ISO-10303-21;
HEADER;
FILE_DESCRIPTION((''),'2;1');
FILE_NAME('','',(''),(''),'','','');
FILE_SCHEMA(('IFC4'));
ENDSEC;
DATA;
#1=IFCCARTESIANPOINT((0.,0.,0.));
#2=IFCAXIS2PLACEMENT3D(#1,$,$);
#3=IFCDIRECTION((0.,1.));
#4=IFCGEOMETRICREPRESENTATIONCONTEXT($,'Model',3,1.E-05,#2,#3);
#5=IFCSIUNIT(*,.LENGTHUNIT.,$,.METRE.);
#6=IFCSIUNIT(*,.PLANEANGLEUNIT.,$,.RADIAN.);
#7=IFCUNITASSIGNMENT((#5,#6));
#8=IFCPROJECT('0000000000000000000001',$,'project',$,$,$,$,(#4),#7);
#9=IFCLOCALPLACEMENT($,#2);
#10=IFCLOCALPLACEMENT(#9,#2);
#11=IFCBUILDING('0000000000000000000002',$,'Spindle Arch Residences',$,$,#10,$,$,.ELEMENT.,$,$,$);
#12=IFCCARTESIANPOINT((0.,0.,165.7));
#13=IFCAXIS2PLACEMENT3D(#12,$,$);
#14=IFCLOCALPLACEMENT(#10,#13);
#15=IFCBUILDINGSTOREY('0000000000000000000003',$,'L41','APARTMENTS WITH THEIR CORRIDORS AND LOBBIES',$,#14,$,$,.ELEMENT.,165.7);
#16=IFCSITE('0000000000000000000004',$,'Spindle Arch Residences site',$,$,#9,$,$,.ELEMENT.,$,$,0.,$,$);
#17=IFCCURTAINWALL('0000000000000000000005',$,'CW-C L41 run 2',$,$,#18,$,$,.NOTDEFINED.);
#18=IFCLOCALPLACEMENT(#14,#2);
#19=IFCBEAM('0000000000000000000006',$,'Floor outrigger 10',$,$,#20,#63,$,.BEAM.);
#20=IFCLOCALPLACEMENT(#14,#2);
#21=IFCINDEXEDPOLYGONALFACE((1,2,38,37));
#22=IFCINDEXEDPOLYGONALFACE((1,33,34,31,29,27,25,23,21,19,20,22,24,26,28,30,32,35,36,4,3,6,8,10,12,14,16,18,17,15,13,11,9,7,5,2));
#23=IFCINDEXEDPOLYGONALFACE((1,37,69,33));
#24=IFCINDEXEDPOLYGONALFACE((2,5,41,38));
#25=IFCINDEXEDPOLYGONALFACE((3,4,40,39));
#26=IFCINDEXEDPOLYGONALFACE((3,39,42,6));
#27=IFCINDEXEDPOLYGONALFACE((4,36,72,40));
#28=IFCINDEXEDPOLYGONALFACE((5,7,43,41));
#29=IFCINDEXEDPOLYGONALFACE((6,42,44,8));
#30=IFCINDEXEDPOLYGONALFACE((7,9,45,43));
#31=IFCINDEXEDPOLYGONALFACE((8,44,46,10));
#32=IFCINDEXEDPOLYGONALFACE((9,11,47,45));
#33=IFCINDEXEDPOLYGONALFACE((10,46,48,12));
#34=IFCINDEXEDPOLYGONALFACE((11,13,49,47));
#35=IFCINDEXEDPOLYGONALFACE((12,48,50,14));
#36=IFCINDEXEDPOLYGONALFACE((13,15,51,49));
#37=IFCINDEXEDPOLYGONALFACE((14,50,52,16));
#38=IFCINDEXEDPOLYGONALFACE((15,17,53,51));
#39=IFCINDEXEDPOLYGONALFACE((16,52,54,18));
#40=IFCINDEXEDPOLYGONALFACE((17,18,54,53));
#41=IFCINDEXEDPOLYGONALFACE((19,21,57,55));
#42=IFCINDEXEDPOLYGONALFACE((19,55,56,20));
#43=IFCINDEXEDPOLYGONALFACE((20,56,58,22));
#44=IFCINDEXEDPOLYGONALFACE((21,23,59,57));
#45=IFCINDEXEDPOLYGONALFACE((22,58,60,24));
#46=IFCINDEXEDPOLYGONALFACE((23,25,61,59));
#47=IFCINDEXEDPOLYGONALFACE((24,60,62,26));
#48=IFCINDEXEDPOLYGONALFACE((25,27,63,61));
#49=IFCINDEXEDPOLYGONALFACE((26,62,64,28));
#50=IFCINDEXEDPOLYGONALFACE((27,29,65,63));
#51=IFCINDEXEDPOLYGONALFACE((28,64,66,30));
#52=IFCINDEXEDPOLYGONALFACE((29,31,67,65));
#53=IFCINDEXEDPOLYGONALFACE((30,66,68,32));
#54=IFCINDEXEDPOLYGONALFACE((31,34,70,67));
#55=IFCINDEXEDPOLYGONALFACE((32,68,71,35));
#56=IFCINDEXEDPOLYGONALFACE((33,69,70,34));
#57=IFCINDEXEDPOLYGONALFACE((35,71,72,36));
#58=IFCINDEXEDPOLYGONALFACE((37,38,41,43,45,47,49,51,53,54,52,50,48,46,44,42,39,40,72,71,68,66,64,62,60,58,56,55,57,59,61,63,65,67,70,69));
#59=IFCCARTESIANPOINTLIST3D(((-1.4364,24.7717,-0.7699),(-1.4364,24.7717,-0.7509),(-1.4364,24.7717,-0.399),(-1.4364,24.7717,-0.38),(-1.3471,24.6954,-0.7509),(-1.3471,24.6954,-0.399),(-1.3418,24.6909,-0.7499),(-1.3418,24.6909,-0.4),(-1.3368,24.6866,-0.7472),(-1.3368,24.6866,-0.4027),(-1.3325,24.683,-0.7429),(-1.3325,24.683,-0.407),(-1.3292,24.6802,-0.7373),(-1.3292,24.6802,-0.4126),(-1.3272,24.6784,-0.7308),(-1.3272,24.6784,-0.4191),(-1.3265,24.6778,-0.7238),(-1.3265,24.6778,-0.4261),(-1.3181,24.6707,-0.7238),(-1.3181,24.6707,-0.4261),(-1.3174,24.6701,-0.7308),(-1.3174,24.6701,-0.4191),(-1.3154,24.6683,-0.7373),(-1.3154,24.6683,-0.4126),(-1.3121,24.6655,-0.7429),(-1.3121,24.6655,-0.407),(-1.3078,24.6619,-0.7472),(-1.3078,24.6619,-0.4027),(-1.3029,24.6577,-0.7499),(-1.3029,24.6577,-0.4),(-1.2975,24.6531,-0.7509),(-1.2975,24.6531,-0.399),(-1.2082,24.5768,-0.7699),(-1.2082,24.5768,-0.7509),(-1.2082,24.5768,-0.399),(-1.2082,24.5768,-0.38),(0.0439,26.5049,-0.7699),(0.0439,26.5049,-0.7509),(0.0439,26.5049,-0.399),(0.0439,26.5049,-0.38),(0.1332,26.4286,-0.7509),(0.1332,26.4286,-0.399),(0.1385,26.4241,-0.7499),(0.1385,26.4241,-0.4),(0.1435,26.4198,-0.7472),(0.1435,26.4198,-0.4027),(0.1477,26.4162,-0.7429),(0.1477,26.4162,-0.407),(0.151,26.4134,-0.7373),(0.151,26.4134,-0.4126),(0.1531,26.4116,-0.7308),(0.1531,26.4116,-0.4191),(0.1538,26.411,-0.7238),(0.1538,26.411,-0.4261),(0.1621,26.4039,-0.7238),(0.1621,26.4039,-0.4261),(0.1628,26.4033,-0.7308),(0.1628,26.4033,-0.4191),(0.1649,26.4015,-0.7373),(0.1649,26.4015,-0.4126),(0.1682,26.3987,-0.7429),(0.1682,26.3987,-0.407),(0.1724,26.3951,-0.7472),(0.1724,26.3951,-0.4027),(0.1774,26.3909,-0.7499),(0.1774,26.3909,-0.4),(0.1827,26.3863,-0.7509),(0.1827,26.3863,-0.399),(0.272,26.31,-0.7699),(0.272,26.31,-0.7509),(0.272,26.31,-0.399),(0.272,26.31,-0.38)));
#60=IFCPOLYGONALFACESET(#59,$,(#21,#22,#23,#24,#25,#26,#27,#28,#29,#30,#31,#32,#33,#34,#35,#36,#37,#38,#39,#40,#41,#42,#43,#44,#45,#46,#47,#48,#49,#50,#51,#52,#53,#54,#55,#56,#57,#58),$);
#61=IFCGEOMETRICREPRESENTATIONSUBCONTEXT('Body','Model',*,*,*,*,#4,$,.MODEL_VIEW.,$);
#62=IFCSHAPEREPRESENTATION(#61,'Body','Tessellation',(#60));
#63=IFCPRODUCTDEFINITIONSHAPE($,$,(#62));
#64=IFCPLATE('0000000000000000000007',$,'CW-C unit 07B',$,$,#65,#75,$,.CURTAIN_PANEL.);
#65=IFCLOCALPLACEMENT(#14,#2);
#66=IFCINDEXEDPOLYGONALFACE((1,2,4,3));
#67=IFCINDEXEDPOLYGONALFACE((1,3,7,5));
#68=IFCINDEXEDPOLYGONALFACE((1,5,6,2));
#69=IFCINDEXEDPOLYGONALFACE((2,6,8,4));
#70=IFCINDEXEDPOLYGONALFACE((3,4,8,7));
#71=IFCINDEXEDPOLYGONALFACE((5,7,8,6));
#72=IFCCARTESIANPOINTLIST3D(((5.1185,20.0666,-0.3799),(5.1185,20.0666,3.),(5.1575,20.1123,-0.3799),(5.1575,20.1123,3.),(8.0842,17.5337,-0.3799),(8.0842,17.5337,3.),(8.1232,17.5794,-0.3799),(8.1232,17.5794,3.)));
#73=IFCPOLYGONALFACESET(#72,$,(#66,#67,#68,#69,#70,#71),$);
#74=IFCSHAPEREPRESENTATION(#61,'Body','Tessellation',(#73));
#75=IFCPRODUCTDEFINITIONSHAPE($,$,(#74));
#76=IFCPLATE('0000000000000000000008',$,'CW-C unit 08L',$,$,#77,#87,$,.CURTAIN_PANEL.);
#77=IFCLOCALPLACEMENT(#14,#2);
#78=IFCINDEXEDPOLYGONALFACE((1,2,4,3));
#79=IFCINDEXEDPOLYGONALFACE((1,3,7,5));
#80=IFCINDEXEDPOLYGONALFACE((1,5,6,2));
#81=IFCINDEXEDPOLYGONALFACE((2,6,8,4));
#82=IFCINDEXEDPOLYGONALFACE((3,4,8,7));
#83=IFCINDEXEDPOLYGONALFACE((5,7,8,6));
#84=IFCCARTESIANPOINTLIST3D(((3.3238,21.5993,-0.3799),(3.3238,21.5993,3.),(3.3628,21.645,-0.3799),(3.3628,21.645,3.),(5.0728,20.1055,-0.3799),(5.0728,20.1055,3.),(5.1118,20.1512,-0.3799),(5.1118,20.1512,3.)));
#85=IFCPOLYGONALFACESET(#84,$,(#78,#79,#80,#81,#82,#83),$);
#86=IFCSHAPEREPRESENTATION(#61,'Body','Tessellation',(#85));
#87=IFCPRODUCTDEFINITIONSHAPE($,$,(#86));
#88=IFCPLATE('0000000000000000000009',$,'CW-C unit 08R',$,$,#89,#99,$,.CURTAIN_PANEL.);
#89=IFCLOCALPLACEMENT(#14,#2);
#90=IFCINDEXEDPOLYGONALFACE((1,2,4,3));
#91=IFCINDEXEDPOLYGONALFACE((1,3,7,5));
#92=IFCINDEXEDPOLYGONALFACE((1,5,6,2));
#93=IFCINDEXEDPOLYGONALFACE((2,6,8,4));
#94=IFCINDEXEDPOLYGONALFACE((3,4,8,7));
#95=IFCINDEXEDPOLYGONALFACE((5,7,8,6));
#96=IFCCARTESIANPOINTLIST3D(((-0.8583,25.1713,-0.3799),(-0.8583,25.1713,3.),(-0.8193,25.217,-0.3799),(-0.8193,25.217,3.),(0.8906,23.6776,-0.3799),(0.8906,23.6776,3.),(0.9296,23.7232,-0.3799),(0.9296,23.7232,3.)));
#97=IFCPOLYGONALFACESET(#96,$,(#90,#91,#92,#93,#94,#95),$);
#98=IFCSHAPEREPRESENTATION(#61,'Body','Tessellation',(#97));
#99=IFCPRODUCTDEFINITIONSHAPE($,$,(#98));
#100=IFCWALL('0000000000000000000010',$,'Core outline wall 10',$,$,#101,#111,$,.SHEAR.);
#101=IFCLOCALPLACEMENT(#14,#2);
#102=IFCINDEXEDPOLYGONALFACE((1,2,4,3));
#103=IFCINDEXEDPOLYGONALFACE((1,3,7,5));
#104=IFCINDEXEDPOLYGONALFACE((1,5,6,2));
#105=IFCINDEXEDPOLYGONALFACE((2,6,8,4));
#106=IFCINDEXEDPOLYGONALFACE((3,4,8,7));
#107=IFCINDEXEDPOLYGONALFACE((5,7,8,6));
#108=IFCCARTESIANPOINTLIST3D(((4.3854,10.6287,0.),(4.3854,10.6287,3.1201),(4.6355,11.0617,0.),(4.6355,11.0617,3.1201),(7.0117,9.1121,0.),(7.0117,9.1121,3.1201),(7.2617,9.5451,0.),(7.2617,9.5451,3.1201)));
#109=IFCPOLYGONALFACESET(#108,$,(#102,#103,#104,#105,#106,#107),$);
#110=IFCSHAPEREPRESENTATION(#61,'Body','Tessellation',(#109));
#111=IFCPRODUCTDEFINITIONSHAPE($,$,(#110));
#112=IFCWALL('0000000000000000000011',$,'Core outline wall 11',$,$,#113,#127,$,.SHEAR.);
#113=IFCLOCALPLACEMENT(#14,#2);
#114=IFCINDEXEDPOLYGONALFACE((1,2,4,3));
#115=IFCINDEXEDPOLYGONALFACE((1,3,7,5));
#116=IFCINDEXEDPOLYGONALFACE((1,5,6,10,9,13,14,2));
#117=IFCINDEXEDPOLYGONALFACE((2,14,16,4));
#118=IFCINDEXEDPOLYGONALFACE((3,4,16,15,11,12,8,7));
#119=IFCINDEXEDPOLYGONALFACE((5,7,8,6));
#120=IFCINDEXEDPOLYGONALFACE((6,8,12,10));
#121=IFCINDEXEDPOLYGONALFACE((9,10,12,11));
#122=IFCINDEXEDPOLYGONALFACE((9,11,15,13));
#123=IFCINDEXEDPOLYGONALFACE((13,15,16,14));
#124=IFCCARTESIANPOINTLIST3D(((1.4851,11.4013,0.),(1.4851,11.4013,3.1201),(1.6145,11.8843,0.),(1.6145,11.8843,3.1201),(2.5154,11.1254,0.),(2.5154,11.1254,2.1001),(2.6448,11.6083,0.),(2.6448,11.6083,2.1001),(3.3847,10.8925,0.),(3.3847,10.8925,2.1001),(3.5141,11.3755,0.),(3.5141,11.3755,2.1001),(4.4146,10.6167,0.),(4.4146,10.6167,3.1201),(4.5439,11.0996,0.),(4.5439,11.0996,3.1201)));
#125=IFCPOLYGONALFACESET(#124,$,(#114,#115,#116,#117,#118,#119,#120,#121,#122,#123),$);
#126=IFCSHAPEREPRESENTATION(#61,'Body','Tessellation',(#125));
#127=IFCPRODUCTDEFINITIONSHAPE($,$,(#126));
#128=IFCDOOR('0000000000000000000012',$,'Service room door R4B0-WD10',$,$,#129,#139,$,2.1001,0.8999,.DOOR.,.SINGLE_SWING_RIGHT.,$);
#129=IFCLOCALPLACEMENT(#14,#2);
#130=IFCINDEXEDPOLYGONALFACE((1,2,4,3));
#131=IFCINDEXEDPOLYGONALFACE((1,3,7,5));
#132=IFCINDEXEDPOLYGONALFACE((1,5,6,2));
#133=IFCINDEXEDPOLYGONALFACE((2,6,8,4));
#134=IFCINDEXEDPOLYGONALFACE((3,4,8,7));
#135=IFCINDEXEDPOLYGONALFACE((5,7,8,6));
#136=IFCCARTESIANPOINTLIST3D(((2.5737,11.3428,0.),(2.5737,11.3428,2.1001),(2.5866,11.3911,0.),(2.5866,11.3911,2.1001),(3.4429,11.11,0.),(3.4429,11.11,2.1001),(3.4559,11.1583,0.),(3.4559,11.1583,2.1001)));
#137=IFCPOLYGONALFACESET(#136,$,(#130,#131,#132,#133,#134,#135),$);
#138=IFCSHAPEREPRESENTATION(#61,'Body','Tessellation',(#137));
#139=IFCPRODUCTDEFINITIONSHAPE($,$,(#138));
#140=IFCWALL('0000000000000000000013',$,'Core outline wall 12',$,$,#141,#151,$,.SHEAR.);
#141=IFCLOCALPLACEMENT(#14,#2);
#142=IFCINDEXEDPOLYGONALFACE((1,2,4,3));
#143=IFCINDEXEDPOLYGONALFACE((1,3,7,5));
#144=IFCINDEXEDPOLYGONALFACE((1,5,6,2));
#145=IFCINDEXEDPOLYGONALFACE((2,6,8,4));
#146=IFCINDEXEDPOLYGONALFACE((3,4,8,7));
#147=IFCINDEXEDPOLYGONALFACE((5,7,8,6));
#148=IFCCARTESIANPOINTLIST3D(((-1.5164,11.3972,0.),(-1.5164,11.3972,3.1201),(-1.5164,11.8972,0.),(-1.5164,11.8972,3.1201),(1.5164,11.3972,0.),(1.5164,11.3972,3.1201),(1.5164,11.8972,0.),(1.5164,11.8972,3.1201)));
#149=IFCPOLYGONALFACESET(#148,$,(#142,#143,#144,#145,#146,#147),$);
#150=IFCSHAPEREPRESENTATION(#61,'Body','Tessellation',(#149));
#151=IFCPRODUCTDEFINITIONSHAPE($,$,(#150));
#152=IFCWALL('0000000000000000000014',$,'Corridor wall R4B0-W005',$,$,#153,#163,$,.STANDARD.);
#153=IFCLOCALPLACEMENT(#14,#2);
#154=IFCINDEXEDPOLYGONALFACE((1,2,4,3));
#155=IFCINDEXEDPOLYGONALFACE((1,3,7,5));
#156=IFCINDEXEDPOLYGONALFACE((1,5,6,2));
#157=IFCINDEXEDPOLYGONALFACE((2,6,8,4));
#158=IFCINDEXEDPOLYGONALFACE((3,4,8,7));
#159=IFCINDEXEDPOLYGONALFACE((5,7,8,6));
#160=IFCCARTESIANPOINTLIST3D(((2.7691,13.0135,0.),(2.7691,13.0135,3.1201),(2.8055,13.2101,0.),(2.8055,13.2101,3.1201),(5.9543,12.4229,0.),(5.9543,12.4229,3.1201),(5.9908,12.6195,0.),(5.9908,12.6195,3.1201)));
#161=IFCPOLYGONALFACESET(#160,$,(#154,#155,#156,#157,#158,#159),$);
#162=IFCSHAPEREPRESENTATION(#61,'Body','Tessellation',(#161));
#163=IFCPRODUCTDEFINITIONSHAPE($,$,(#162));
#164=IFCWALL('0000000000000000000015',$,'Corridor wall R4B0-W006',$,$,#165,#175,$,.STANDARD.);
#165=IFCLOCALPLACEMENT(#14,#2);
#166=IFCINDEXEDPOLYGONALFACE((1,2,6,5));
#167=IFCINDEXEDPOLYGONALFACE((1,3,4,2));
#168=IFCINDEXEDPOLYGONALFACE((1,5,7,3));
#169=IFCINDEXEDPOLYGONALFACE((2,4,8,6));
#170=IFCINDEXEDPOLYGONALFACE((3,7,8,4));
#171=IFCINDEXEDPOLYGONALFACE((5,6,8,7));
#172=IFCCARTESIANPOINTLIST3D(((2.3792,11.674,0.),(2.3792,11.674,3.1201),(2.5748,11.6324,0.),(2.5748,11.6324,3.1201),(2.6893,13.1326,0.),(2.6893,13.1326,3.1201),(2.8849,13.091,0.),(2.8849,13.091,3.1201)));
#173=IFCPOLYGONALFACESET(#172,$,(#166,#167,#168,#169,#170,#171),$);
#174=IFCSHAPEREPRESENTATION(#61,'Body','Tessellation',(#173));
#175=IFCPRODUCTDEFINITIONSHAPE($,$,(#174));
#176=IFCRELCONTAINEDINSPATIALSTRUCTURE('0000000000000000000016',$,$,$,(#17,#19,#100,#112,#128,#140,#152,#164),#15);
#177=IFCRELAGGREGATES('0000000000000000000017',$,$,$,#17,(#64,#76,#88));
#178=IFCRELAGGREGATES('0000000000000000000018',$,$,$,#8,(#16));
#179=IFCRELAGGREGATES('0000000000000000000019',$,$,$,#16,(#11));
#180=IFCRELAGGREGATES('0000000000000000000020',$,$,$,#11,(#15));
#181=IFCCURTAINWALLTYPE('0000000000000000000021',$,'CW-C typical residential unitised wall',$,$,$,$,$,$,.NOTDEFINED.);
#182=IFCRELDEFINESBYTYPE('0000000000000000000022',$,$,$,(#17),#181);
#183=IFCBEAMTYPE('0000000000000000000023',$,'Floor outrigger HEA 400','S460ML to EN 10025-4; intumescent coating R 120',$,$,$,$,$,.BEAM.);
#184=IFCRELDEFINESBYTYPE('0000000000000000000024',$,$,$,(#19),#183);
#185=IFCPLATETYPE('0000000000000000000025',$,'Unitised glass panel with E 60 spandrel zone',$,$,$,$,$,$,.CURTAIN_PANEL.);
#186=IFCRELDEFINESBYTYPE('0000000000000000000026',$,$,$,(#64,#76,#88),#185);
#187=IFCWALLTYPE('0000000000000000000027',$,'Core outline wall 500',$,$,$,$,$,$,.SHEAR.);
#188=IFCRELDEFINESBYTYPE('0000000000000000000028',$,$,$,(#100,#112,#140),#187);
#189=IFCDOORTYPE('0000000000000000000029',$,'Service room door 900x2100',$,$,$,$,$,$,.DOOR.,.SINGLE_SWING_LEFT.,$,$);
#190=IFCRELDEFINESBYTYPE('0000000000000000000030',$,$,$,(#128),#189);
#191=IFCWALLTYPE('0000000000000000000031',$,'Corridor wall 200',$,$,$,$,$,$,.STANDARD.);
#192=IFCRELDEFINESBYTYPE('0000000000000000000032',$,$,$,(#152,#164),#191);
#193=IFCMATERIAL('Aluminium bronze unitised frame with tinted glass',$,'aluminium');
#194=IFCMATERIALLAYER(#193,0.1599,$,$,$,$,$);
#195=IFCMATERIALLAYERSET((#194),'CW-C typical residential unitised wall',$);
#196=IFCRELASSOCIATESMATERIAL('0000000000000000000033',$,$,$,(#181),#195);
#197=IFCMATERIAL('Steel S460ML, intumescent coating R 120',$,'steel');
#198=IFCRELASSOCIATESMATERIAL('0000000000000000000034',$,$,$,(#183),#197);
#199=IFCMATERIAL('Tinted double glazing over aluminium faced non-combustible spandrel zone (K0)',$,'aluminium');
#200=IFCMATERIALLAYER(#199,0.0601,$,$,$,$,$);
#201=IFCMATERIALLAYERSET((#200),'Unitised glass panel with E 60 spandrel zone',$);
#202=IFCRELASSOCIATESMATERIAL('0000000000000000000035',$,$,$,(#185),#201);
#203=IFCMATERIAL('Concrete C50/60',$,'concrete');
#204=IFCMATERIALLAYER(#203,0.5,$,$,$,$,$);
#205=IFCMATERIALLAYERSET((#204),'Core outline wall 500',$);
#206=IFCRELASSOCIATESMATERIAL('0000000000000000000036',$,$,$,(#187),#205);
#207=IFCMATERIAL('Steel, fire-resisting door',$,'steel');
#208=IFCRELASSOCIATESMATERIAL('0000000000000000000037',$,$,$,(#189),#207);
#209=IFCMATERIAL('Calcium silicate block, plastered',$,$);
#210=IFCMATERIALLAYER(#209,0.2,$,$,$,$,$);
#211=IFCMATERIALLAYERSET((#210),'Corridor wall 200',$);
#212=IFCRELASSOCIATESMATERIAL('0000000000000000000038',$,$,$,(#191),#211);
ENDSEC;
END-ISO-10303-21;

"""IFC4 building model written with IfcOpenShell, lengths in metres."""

from ifc_helpers import new_model, si_unit, direction, frame, frame_2d, origin, origin_2d, place, context, subcontext, project, spatial, rectangle, i_section, extrude, material, layer, layer_set, material_profile, profile_set, type_object, element, fill, aggregate, save


model = new_model("IFC4")

# Units and contexts
model_context = context("Model", 3, precision=1e-05, world=origin(), true_north=direction((0.0, 1.0)))
body_context = subcontext(model_context, "Body", "Model", "MODEL_VIEW")
ifc_project = project(units=[si_unit("LENGTHUNIT", "METRE"), si_unit("PLANEANGLEUNIT", "RADIAN")], contexts=[model_context])

# Site, building, storey
site_placement = place(None, origin())
site = spatial("IfcSite", under=ifc_project, at=site_placement, Name="Spindle Arch Residences site", CompositionType="ELEMENT", RefElevation=0.0)
building_placement = place(site_placement, origin())
building = spatial("IfcBuilding", under=site, at=building_placement, Name="Spindle Arch Residences", CompositionType="ELEMENT")
storey_placement = place(building_placement, frame((0.0, 0.0, 165.7)))
storey = spatial("IfcBuildingStorey", under=building, at=storey_placement, Name="L41", Description="APARTMENTS WITH THEIR CORRIDORS AND LOBBIES", CompositionType="ELEMENT", Elevation=165.7)

# Curtain wall
ifc_material_1 = material(Name="Aluminium bronze unitised frame with tinted glass", Category="aluminium")
ifc_layer_1 = layer(ifc_material_1, 0.1599)
ifc_layer_set_1 = layer_set([ifc_layer_1], Name="CW-C typical residential unitised wall")
curtain_wall_type_1 = type_object("IfcCurtainWallType", Name="CW-C typical residential unitised wall", PredefinedType="NOTDEFINED", material=ifc_layer_set_1)
curtain_wall_1_placement = place(storey_placement, origin())
curtain_wall_1 = element("IfcCurtainWall", 1, at=curtain_wall_1_placement, inside=storey, type_object=curtain_wall_type_1, Name="CW-C L41 run 2", PredefinedType="NOTDEFINED")

# Beam
ifc_material_2 = material(Name="Steel S460ML, intumescent coating R 120", Category="steel")
ifc_material_profile_1 = material_profile(ifc_material_2, i_section(OverallWidth=0.3, OverallDepth=0.3899, WebThickness=0.011, FlangeThickness=0.019, FilletRadius=0.0271, at=origin_2d()), Name="HEA 400")
ifc_profile_set_1 = profile_set([ifc_material_profile_1], Name="Steel S460ML, intumescent coating R 120")
beam_type_1 = type_object("IfcBeamType", Name="Floor outrigger HEA 400", Description="S460ML to EN 10025-4; intumescent coating R 120", PredefinedType="BEAM", material=ifc_profile_set_1)
beam_1_placement = place(storey_placement, frame((0.158, 26.4075, -0.575), z_axis=(-0.649441, -0.760412, 0.0), x_axis=(0.760412, -0.649441, 0.0)))
element("IfcBeam", 2, at=beam_1_placement, inside=storey, type_object=beam_type_1, Name="Floor outrigger 10", PredefinedType="BEAM", context=body_context, shape_type="SweptSolid", body=[
    extrude(i_section(OverallWidth=0.3, OverallDepth=0.3899, WebThickness=0.011, FlangeThickness=0.019, FilletRadius=0.0271, at=origin_2d()), origin(), (0.0, 0.0, 1.0), 2.2793),
])

# Plates
ifc_material_3 = material(Name="Tinted double glazing over aluminium faced non-combustible spandrel zone (K0)", Category="aluminium")
ifc_layer_2 = layer(ifc_material_3, 0.0601)
ifc_layer_set_2 = layer_set([ifc_layer_2], Name="Unitised glass panel with E 60 spandrel zone")
plate_type = type_object("IfcPlateType", Name="Unitised glass panel with E 60 spandrel zone", PredefinedType="CURTAIN_PANEL", material=ifc_layer_set_2)
plate_1_placement = place(storey_placement, frame((6.6208, 18.823, -0.3799), z_axis=(0.0, 0.0, 1.0), x_axis=(-0.760406, 0.649448, 0.0)))
plate_1 = element("IfcPlate", 3, at=plate_1_placement, type_object=plate_type, Name="CW-C unit 07B", PredefinedType="CURTAIN_PANEL", context=body_context, shape_type="SweptSolid", body=[
    extrude(rectangle(XDim=3.9001, YDim=0.0601, at=origin_2d()), origin(), (0.0, 0.0, 1.0), 3.3799),
])
plate_2_placement = place(storey_placement, frame((4.2178, 20.8752, -0.3799), z_axis=(0.0, 0.0, 1.0), x_axis=(-0.760406, 0.649448, 0.0)))
plate_2 = element("IfcPlate", 4, at=plate_2_placement, type_object=plate_type, Name="CW-C unit 08L", PredefinedType="CURTAIN_PANEL", context=body_context, shape_type="SweptSolid", body=[
    extrude(rectangle(XDim=2.3, YDim=0.0601, at=origin_2d()), origin(), (0.0, 0.0, 1.0), 3.3799),
])
plate_3_placement = place(storey_placement, frame((0.0356, 24.4473, -0.3799), z_axis=(0.0, 0.0, 1.0), x_axis=(-0.760406, 0.649448, 0.0)))
plate_3 = element("IfcPlate", 5, at=plate_3_placement, type_object=plate_type, Name="CW-C unit 08R", PredefinedType="CURTAIN_PANEL", context=body_context, shape_type="SweptSolid", body=[
    extrude(rectangle(XDim=2.3, YDim=0.0601, at=origin_2d()), origin(), (0.0, 0.0, 1.0), 3.3799),
])
aggregate(curtain_wall_1, [plate_1, plate_2, plate_3])

# Wall
ifc_material_4 = material(Name="Concrete C50/60", Category="concrete")
ifc_layer_3 = layer(ifc_material_4, 0.5)
ifc_layer_set_3 = layer_set([ifc_layer_3], Name="Core outline wall 500")
wall_type_1 = type_object("IfcWallType", Name="Core outline wall 500", PredefinedType="SHEAR", material=ifc_layer_set_3)
wall_1_placement = place(storey_placement, frame((7.1367, 9.3286, 0.0), z_axis=(0.0, 0.0, 1.0), x_axis=(-0.865975, 0.500087, 0.0)))
element("IfcWall", 6, at=wall_1_placement, inside=storey, type_object=wall_type_1, Name="Core outline wall 10", PredefinedType="SHEAR", context=body_context, shape_type="SweptSolid", body=[
    extrude(rectangle(XDim=3.0327, YDim=0.5, at=frame_2d((1.5164, 0.0))), origin(), (0.0, 0.0, 1.0), 3.1201),
])

# Wall, opening, door
wall_2_placement = place(storey_placement, frame((4.4792, 10.8582, 0.0), z_axis=(0.0, 0.0, 1.0), x_axis=(-0.965948, 0.258735, 0.0)))
wall_2 = element("IfcWall", 7, at=wall_2_placement, inside=storey, type_object=wall_type_1, Name="Core outline wall 11", PredefinedType="SHEAR", context=body_context, shape_type="SweptSolid", body=[
    extrude(rectangle(XDim=3.0327, YDim=0.5, at=frame_2d((1.5164, 0.0))), origin(), (0.0, 0.0, 1.0), 3.1201),
])
opening_1_placement = place(wall_2_placement, frame((1.0662, 0.0, 0.0)))
opening_1 = element("IfcOpeningElement", 8, at=opening_1_placement, cuts=wall_2, PredefinedType="OPENING", context=body_context, shape_type="SweptSolid", body=[
    extrude(rectangle(XDim=0.8999, YDim=2.1001, at=frame_2d((0.45, 1.05))), frame((0.0, 0.26, 0.0), z_axis=(0.0, -1.0, 0.0), x_axis=(1.0, 0.0, 0.0)), (0.0, 0.0, 1.0), 0.52),
])
ifc_material_5 = material(Name="Steel, fire-resisting door", Category="steel")
door_type_1 = type_object("IfcDoorType", Name="Service room door 900x2100", OperationType="SINGLE_SWING_LEFT", PredefinedType="DOOR", material=ifc_material_5)
door_1_placement = place(opening_1_placement, origin())
door_1 = element("IfcDoor", 9, at=door_1_placement, inside=storey, type_object=door_type_1, Name="Service room door R4B0-WD10", OperationType="SINGLE_SWING_RIGHT", OverallHeight=2.1001, OverallWidth=0.8999, PredefinedType="DOOR", context=body_context, shape_type="SweptSolid", body=[
    extrude(rectangle(XDim=0.8999, YDim=2.1001, at=frame_2d((0.45, 1.05))), frame((0.0, 0.0249, 0.0), z_axis=(0.0, -1.0, 0.0), x_axis=(1.0, 0.0, 0.0)), (0.0, 0.0, 1.0), 0.05),
])
fill(opening_1, door_1)

# Walls
wall_3_placement = place(storey_placement, frame((1.5164, 11.6472, 0.0), z_axis=(0.0, 0.0, 1.0), x_axis=(-1.0, 0.0, 0.0)))
element("IfcWall", 10, at=wall_3_placement, inside=storey, type_object=wall_type_1, Name="Core outline wall 12", PredefinedType="SHEAR", context=body_context, shape_type="SweptSolid", body=[
    extrude(rectangle(XDim=3.0327, YDim=0.5, at=frame_2d((1.5164, 0.0))), origin(), (0.0, 0.0, 1.0), 3.1201),
])
ifc_material_6 = material(Name="Calcium silicate block, plastered")
ifc_layer_4 = layer(ifc_material_6, 0.2)
ifc_layer_set_4 = layer_set([ifc_layer_4], Name="Corridor wall 200")
wall_type_2 = type_object("IfcWallType", Name="Corridor wall 200", PredefinedType="STANDARD", material=ifc_layer_set_4)
wall_4_placement = place(storey_placement, frame((5.9724, 12.5212, 0.0), z_axis=(0.0, 0.0, 1.0), x_axis=(-0.983243, 0.1823, 0.0)))
element("IfcWall", 11, at=wall_4_placement, inside=storey, type_object=wall_type_2, Name="Corridor wall R4B0-W005", PredefinedType="STANDARD", context=body_context, shape_type="SweptSolid", body=[
    extrude(rectangle(XDim=3.2395, YDim=0.2, at=frame_2d((1.6196, 0.0))), origin(), (0.0, 0.0, 1.0), 3.1201),
])
wall_5_placement = place(storey_placement, frame((2.7871, 13.1118, 0.0), z_axis=(0.0, 0.0, 1.0), x_axis=(-0.207941, -0.978141, 0.0)))
element("IfcWall", 12, at=wall_5_placement, inside=storey, type_object=wall_type_2, Name="Corridor wall R4B0-W006", PredefinedType="STANDARD", context=body_context, shape_type="SweptSolid", body=[
    extrude(rectangle(XDim=1.4912, YDim=0.2, at=frame_2d((0.7456, 0.0))), origin(), (0.0, 0.0, 1.0), 3.1201),
])

save(model, "model.ifc")
